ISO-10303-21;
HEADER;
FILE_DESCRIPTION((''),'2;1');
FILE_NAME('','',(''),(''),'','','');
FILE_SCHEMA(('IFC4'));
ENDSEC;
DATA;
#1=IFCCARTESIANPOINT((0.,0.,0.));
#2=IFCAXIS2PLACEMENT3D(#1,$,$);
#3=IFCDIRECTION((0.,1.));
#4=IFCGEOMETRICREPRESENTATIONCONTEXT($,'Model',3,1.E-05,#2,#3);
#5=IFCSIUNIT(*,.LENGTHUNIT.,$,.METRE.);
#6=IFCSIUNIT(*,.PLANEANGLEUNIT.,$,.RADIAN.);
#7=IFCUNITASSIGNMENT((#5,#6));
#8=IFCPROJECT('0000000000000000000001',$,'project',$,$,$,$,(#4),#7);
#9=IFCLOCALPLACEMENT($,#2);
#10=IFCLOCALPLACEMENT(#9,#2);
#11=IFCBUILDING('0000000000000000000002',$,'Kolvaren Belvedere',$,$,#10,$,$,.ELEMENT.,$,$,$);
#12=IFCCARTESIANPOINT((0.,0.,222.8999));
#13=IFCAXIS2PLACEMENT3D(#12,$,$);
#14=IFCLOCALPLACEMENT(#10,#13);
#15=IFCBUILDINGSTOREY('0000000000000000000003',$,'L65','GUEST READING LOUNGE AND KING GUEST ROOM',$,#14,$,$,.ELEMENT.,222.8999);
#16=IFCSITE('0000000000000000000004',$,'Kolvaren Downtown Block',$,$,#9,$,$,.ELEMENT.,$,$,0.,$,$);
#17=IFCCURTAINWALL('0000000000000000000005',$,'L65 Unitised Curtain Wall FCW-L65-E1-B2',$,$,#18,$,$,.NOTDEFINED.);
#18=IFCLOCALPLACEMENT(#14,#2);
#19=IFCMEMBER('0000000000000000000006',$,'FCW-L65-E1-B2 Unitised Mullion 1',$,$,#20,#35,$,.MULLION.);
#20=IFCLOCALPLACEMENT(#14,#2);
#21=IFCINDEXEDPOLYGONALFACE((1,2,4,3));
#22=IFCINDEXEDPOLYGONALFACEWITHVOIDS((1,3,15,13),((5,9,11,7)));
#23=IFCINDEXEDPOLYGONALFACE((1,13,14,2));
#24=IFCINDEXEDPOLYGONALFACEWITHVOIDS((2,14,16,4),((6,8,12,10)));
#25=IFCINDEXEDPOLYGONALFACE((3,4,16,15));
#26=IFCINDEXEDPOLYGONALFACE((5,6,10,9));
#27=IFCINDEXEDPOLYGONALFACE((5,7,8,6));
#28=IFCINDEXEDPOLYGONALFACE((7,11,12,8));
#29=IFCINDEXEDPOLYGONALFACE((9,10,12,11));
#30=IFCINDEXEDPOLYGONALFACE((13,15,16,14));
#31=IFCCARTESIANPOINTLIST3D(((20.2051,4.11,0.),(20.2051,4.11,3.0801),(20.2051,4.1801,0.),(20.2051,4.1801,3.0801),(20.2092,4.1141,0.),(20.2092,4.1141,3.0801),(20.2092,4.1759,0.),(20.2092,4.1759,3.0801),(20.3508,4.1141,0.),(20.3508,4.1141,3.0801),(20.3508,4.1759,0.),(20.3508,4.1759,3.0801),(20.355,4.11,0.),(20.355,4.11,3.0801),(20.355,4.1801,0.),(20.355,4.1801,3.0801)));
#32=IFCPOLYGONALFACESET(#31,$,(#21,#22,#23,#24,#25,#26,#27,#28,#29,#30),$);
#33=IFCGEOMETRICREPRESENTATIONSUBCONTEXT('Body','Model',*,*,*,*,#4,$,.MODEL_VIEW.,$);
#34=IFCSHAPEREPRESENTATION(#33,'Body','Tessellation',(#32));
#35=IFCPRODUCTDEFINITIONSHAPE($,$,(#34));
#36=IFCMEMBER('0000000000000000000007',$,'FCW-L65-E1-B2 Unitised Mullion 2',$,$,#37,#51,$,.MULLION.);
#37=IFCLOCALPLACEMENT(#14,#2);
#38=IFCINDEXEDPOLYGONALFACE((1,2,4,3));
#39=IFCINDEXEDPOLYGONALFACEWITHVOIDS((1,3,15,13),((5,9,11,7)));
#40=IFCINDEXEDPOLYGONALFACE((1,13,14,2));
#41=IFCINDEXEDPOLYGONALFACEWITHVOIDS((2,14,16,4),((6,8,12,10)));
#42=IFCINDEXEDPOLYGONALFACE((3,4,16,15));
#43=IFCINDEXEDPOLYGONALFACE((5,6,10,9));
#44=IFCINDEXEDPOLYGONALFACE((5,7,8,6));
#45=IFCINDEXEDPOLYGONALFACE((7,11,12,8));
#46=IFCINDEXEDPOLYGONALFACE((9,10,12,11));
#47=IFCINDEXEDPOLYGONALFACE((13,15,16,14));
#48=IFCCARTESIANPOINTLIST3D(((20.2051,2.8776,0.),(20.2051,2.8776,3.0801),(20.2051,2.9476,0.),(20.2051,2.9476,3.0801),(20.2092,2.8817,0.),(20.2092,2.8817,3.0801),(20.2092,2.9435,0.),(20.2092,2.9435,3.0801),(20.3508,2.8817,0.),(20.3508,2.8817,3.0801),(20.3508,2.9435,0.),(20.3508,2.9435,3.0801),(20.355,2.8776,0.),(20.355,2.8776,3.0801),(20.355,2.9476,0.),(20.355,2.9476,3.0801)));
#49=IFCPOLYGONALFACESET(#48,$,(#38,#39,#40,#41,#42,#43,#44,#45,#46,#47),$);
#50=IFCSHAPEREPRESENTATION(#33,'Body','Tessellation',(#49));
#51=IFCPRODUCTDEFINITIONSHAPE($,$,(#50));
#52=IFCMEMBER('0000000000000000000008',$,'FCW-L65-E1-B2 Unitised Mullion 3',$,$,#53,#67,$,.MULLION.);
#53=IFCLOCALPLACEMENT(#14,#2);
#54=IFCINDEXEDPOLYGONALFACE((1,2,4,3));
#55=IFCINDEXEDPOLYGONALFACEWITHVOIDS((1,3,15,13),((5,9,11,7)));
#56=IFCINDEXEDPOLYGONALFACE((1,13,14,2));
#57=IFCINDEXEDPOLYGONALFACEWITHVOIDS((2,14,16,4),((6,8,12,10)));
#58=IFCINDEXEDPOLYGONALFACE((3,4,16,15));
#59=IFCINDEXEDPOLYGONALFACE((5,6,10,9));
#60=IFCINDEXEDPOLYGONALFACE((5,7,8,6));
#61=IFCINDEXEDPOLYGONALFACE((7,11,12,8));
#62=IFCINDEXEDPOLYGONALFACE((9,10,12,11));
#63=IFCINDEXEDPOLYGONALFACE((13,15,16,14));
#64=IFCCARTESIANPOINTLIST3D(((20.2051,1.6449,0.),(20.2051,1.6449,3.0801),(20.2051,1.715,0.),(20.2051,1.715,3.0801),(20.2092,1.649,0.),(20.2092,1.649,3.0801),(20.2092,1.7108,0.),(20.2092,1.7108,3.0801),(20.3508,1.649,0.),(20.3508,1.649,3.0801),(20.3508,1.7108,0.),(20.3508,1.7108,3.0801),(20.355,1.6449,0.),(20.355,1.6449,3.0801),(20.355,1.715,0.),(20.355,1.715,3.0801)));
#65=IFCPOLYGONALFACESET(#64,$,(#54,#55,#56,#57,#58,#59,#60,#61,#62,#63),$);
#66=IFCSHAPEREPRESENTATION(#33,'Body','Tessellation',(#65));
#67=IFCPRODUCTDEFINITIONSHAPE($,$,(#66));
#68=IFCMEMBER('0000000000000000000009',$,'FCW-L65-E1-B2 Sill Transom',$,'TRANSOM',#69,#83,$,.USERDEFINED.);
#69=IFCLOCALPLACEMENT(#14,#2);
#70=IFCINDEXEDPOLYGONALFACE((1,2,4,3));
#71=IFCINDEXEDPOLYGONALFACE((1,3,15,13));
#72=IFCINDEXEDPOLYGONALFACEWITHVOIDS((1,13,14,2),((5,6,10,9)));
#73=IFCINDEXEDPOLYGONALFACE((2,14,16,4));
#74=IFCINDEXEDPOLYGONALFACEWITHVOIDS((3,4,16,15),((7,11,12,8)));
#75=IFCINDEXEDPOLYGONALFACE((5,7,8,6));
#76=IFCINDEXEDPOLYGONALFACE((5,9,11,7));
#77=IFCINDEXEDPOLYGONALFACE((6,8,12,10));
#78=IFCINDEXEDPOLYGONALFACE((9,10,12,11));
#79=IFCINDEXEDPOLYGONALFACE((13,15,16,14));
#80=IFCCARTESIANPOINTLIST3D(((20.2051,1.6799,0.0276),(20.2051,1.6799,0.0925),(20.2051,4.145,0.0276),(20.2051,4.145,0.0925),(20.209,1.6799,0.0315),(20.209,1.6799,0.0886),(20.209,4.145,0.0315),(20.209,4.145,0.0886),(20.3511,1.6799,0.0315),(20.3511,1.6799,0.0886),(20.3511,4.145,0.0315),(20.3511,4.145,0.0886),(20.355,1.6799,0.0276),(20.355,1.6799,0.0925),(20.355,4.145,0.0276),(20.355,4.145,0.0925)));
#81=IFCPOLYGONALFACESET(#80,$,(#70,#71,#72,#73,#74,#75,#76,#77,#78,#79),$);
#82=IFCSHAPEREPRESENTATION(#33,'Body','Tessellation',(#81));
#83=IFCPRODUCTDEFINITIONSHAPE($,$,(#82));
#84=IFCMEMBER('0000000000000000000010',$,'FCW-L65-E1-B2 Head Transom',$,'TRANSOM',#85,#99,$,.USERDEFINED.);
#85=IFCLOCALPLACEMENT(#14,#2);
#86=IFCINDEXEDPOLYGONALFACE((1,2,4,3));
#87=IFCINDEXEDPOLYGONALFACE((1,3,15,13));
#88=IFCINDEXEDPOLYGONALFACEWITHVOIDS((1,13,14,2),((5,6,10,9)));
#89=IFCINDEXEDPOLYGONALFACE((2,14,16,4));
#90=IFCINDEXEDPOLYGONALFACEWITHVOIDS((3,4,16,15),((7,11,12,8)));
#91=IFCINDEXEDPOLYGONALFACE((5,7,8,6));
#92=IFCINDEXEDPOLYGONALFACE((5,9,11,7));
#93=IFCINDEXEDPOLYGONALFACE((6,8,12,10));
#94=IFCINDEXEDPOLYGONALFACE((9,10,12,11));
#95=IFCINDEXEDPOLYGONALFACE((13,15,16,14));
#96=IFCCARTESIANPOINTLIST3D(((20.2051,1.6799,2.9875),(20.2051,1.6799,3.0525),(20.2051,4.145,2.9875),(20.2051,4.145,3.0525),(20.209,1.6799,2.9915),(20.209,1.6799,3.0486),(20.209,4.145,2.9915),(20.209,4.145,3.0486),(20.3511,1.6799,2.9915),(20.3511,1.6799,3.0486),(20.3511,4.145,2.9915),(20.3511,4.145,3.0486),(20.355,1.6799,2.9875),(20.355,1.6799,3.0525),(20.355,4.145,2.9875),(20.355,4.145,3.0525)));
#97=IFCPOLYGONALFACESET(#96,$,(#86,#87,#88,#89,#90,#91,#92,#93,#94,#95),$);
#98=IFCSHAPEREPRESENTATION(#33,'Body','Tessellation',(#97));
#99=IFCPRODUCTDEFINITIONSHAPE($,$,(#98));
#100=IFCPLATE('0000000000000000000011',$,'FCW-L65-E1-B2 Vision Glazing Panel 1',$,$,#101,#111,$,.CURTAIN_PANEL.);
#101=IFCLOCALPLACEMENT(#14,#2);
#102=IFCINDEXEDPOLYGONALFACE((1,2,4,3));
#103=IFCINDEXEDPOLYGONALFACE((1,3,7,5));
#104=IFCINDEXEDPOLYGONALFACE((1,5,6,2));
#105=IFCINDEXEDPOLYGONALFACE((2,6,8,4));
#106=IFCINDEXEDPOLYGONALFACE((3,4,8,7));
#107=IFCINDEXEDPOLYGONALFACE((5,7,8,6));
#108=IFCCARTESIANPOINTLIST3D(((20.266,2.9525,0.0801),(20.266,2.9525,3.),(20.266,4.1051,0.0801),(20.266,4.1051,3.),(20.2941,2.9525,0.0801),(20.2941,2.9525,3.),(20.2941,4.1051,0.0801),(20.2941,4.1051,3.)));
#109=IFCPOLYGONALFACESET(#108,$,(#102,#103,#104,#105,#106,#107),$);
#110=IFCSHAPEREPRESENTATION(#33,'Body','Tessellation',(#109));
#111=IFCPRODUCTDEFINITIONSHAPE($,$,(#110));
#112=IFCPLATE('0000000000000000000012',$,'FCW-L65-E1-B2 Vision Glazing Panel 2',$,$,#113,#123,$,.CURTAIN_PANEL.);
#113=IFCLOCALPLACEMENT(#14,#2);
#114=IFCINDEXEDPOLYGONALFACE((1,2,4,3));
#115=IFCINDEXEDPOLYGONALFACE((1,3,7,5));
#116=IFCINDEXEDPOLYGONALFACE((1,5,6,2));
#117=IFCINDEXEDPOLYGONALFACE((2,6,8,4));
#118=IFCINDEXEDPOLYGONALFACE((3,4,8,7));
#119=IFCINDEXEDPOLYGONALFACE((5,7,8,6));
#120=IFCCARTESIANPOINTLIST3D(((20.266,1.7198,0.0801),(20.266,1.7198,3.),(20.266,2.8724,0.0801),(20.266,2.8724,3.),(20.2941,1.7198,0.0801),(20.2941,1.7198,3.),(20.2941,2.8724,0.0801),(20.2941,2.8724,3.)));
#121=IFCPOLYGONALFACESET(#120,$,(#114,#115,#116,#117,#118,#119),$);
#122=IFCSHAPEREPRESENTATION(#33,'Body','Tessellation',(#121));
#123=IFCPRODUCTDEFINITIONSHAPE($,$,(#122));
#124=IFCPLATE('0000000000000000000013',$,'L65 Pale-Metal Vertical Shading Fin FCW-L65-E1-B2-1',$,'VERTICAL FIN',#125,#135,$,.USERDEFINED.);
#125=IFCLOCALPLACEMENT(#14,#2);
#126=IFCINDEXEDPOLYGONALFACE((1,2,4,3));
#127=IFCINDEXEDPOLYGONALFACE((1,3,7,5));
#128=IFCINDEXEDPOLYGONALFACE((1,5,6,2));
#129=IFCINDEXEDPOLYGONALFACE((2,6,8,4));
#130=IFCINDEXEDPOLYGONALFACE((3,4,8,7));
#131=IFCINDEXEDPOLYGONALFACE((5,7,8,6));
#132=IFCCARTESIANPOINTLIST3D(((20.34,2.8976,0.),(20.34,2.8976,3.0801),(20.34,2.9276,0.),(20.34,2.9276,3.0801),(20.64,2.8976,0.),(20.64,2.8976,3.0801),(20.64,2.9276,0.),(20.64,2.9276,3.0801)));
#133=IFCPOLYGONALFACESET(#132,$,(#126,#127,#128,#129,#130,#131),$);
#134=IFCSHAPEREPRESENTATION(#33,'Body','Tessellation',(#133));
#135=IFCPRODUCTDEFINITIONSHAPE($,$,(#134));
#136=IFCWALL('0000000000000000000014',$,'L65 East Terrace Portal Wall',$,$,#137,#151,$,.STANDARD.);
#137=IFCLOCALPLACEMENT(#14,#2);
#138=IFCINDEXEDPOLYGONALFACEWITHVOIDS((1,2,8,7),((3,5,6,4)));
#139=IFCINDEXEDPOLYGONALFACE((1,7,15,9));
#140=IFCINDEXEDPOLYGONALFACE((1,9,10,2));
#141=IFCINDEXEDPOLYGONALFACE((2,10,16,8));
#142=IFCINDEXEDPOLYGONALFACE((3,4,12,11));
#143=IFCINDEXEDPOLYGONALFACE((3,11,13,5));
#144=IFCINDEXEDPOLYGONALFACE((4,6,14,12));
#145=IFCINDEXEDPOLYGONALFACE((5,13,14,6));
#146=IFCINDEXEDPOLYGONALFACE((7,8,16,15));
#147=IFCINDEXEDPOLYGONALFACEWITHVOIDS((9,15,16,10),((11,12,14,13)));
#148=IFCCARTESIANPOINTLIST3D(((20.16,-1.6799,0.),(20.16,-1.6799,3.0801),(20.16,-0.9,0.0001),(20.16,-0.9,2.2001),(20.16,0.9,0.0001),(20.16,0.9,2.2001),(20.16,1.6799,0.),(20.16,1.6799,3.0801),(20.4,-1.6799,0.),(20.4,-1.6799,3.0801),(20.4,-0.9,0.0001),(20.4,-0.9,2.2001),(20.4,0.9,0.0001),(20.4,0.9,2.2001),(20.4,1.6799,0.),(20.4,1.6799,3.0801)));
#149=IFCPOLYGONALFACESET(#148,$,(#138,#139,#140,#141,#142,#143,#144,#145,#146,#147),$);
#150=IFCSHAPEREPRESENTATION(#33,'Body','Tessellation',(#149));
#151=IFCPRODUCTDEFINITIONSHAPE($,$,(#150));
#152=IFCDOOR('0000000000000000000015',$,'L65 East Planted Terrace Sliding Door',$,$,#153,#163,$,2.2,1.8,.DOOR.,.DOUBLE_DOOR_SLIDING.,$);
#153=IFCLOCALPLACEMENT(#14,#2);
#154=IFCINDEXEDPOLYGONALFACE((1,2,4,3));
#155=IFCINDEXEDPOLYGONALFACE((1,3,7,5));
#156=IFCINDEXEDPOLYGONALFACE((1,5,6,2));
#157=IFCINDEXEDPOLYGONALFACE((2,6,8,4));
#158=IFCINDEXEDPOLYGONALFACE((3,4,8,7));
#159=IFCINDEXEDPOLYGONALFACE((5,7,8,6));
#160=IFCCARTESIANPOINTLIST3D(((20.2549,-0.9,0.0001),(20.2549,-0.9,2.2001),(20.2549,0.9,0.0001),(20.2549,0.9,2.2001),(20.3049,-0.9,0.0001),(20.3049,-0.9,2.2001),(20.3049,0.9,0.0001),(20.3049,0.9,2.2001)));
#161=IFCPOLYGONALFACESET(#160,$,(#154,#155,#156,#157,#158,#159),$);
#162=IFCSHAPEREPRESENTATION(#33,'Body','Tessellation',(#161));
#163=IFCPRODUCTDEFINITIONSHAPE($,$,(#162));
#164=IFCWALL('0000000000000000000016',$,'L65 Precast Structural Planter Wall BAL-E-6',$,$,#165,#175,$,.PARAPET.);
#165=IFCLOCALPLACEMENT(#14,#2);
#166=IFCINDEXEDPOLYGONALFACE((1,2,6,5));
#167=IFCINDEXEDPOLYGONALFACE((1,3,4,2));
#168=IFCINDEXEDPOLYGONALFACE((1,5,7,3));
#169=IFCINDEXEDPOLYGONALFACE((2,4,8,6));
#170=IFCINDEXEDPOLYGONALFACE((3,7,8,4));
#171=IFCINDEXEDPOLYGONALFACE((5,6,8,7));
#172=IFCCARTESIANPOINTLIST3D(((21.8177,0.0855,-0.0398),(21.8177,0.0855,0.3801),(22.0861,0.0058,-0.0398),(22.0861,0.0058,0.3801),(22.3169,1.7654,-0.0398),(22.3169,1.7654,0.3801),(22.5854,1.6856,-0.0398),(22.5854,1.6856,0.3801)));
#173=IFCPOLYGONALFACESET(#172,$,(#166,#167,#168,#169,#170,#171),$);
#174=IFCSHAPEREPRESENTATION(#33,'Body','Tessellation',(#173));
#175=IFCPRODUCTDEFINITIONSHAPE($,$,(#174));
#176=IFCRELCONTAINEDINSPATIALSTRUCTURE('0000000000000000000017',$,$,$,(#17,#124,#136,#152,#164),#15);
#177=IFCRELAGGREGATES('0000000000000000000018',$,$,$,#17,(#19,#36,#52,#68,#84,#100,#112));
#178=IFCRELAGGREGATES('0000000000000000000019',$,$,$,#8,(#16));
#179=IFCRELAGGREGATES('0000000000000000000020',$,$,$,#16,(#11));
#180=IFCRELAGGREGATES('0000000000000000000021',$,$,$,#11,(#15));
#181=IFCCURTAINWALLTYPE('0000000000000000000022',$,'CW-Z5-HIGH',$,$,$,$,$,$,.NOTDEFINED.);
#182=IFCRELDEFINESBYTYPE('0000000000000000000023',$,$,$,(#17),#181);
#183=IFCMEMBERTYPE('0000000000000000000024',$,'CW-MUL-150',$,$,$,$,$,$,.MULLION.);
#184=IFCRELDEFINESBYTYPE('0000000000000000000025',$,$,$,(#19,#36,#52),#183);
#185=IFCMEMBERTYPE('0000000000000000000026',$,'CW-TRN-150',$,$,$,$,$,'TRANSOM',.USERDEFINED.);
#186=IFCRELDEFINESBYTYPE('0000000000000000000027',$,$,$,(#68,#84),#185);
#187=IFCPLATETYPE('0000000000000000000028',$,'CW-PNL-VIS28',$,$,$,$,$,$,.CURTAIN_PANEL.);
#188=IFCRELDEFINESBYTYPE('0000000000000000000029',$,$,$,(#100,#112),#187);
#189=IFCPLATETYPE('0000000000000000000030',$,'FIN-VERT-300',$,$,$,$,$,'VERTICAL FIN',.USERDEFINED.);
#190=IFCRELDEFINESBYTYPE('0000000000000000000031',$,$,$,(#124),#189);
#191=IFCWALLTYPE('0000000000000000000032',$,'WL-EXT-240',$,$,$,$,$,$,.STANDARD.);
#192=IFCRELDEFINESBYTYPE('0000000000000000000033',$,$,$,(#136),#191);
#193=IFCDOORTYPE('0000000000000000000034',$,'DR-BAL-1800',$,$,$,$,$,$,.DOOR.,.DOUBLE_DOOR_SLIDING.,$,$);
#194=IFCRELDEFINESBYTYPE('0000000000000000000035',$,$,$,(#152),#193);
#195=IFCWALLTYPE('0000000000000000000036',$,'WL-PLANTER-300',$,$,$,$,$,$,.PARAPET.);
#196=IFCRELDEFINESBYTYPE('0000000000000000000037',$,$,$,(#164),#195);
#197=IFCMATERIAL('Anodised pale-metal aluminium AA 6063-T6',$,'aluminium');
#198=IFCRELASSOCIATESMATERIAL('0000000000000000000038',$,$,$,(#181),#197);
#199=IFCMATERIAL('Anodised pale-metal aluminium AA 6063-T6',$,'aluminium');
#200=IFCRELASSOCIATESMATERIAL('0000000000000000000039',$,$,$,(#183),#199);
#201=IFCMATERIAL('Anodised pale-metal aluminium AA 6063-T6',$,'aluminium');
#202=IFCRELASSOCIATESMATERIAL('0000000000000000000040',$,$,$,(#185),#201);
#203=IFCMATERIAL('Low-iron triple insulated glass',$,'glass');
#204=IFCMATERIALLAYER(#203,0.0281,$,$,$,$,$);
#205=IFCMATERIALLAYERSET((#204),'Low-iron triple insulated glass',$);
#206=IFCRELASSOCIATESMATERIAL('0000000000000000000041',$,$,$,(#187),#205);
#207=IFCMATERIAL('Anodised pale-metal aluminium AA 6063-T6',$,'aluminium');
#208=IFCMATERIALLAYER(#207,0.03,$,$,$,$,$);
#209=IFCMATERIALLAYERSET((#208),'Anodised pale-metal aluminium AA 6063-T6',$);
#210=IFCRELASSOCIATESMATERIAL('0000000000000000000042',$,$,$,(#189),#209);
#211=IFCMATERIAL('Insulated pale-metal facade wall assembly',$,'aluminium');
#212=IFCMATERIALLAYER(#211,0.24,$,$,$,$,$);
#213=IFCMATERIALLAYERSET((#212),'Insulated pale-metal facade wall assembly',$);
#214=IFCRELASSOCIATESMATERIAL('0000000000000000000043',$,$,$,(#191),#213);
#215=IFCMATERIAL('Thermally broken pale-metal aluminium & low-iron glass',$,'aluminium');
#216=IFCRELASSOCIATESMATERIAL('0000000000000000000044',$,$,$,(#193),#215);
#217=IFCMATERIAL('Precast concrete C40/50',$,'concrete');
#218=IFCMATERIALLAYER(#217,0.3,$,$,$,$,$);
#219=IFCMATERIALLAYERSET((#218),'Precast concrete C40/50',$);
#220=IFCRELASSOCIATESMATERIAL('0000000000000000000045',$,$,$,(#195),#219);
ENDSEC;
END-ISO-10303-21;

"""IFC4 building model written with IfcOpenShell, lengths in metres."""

from ifc_helpers import new_model, si_unit, direction, frame, frame_2d, origin, origin_2d, place, context, subcontext, project, spatial, rectangle, hollow_rectangle, extrude, material, layer, layer_set, material_profile, profile_set, type_object, element, fill, aggregate, save


model = new_model("IFC4")

# Units and contexts
model_context = context("Model", 3, precision=1e-05, world=origin(), true_north=direction((0.0, 1.0)))
body_context = subcontext(model_context, "Body", "Model", "MODEL_VIEW")
ifc_project = project(units=[si_unit("LENGTHUNIT", "METRE"), si_unit("PLANEANGLEUNIT", "RADIAN")], contexts=[model_context])

# Site, building, storey
site_placement = place(None, origin())
site = spatial("IfcSite", under=ifc_project, at=site_placement, Name="Kolvaren Downtown Block", CompositionType="ELEMENT", RefElevation=0.0)
building_placement = place(site_placement, origin())
building = spatial("IfcBuilding", under=site, at=building_placement, Name="Kolvaren Belvedere", CompositionType="ELEMENT")
storey_placement = place(building_placement, frame((0.0, 0.0, 222.8999)))
storey = spatial("IfcBuildingStorey", under=building, at=storey_placement, Name="L65", Description="GUEST READING LOUNGE AND KING GUEST ROOM", CompositionType="ELEMENT", Elevation=222.8999)

# Shared definitions
ifc_material_1 = material(Name="Anodised pale-metal aluminium AA 6063-T6", Category="aluminium")
curtain_wall_type = type_object("IfcCurtainWallType", Name="CW-Z5-HIGH", PredefinedType="NOTDEFINED", material=ifc_material_1)
ifc_material_2 = material(Name="Anodised pale-metal aluminium AA 6063-T6", Category="aluminium")
ifc_material_profile_1 = material_profile(ifc_material_2, hollow_rectangle(XDim=0.0701, YDim=0.1499, WallThickness=0.0042, at=origin_2d()), Name="ALU-MUL-150X70")
ifc_profile_set_1 = profile_set([ifc_material_profile_1], Name="Anodised pale-metal aluminium AA 6063-T6")
member_type_1 = type_object("IfcMemberType", Name="CW-MUL-150", PredefinedType="MULLION", material=ifc_profile_set_1)

# Curtain wall, members, plates
curtain_wall_1_placement = place(storey_placement, origin())
curtain_wall_1 = element("IfcCurtainWall", 1, at=curtain_wall_1_placement, inside=storey, type_object=curtain_wall_type, Name="L65 Unitised Curtain Wall FCW-L65-E1-B2", PredefinedType="NOTDEFINED")
member_1_placement = place(storey_placement, frame((20.28, 4.145, 0.0), z_axis=(0.0, 0.0, 1.0), x_axis=(0.0, 1.0, 0.0)))
member_1 = element("IfcMember", 2, at=member_1_placement, type_object=member_type_1, Name="FCW-L65-E1-B2 Unitised Mullion 1", PredefinedType="MULLION", context=body_context, shape_type="SweptSolid", body=[
    extrude(hollow_rectangle(XDim=0.0701, YDim=0.1499, WallThickness=0.0042, at=origin_2d()), origin(), (0.0, 0.0, 1.0), 3.0801),
])
member_2_placement = place(storey_placement, frame((20.28, 2.9126, 0.0), z_axis=(0.0, 0.0, 1.0), x_axis=(0.0, 1.0, 0.0)))
member_2 = element("IfcMember", 3, at=member_2_placement, type_object=member_type_1, Name="FCW-L65-E1-B2 Unitised Mullion 2", PredefinedType="MULLION", context=body_context, shape_type="SweptSolid", body=[
    extrude(hollow_rectangle(XDim=0.0701, YDim=0.1499, WallThickness=0.0042, at=origin_2d()), origin(), (0.0, 0.0, 1.0), 3.0801),
])
member_3_placement = place(storey_placement, frame((20.28, 1.6799, 0.0), z_axis=(0.0, 0.0, 1.0), x_axis=(0.0, 1.0, 0.0)))
member_3 = element("IfcMember", 4, at=member_3_placement, type_object=member_type_1, Name="FCW-L65-E1-B2 Unitised Mullion 3", PredefinedType="MULLION", context=body_context, shape_type="SweptSolid", body=[
    extrude(hollow_rectangle(XDim=0.0701, YDim=0.1499, WallThickness=0.0042, at=origin_2d()), origin(), (0.0, 0.0, 1.0), 3.0801),
])
ifc_material_3 = material(Name="Anodised pale-metal aluminium AA 6063-T6", Category="aluminium")
ifc_material_profile_2 = material_profile(ifc_material_3, hollow_rectangle(XDim=0.0649, YDim=0.1499, WallThickness=0.0039, at=origin_2d()), Name="ALU-TRN-150X65")
ifc_profile_set_2 = profile_set([ifc_material_profile_2], Name="Anodised pale-metal aluminium AA 6063-T6")
member_type_2 = type_object("IfcMemberType", Name="CW-TRN-150", ElementType="TRANSOM", PredefinedType="USERDEFINED", material=ifc_profile_set_2)
member_4_placement = place(storey_placement, frame((20.28, 4.145, 0.0601), z_axis=(0.0, -1.0, 0.0), x_axis=(0.0, 0.0, 1.0)))
member_4 = element("IfcMember", 5, at=member_4_placement, type_object=member_type_2, Name="FCW-L65-E1-B2 Sill Transom", ObjectType="TRANSOM", PredefinedType="USERDEFINED", context=body_context, shape_type="SweptSolid", body=[
    extrude(hollow_rectangle(XDim=0.0649, YDim=0.1499, WallThickness=0.0039, at=origin_2d()), origin(), (0.0, 0.0, 1.0), 2.4651),
])
member_5_placement = place(storey_placement, frame((20.28, 4.145, 3.02), z_axis=(0.0, -1.0, 0.0), x_axis=(0.0, 0.0, 1.0)))
member_5 = element("IfcMember", 6, at=member_5_placement, type_object=member_type_2, Name="FCW-L65-E1-B2 Head Transom", ObjectType="TRANSOM", PredefinedType="USERDEFINED", context=body_context, shape_type="SweptSolid", body=[
    extrude(hollow_rectangle(XDim=0.0649, YDim=0.1499, WallThickness=0.0039, at=origin_2d()), origin(), (0.0, 0.0, 1.0), 2.4651),
])
ifc_material_4 = material(Name="Low-iron triple insulated glass", Category="glass")
ifc_layer_1 = layer(ifc_material_4, 0.0281)
ifc_layer_set_1 = layer_set([ifc_layer_1], Name="Low-iron triple insulated glass")
plate_type_1 = type_object("IfcPlateType", Name="CW-PNL-VIS28", PredefinedType="CURTAIN_PANEL", material=ifc_layer_set_1)
plate_1_placement = place(storey_placement, frame((20.28, 3.5288, 0.0801), z_axis=(0.0, 0.0, 1.0), x_axis=(0.0, -1.0, 0.0)))
plate_1 = element("IfcPlate", 7, at=plate_1_placement, type_object=plate_type_1, Name="FCW-L65-E1-B2 Vision Glazing Panel 1", PredefinedType="CURTAIN_PANEL", context=body_context, shape_type="SweptSolid", body=[
    extrude(rectangle(XDim=1.1526, YDim=0.0281, at=origin_2d()), origin(), (0.0, 0.0, 1.0), 2.9199),
])
plate_2_placement = place(storey_placement, frame((20.28, 2.2961, 0.0801), z_axis=(0.0, 0.0, 1.0), x_axis=(0.0, -1.0, 0.0)))
plate_2 = element("IfcPlate", 8, at=plate_2_placement, type_object=plate_type_1, Name="FCW-L65-E1-B2 Vision Glazing Panel 2", PredefinedType="CURTAIN_PANEL", context=body_context, shape_type="SweptSolid", body=[
    extrude(rectangle(XDim=1.1526, YDim=0.0281, at=origin_2d()), origin(), (0.0, 0.0, 1.0), 2.9199),
])
aggregate(curtain_wall_1, [member_1, member_2, member_3, member_4, member_5, plate_1, plate_2])

# Plate
ifc_material_5 = material(Name="Anodised pale-metal aluminium AA 6063-T6", Category="aluminium")
ifc_layer_2 = layer(ifc_material_5, 0.03)
ifc_layer_set_2 = layer_set([ifc_layer_2], Name="Anodised pale-metal aluminium AA 6063-T6")
plate_type_2 = type_object("IfcPlateType", Name="FIN-VERT-300", ElementType="VERTICAL FIN", PredefinedType="USERDEFINED", material=ifc_layer_set_2)
plate_3_placement = place(storey_placement, frame((20.49, 2.9126, 0.0), z_axis=(0.0, 0.0, 1.0), x_axis=(1.0, 0.0, 0.0)))
element("IfcPlate", 9, at=plate_3_placement, inside=storey, type_object=plate_type_2, Name="L65 Pale-Metal Vertical Shading Fin FCW-L65-E1-B2-1", ObjectType="VERTICAL FIN", PredefinedType="USERDEFINED", context=body_context, shape_type="SweptSolid", body=[
    extrude(rectangle(XDim=0.3, YDim=0.03, at=origin_2d()), origin(), (0.0, 0.0, 1.0), 3.0801),
])

# Wall, opening, door
ifc_material_6 = material(Name="Insulated pale-metal facade wall assembly", Category="aluminium")
ifc_layer_3 = layer(ifc_material_6, 0.24)
ifc_layer_set_3 = layer_set([ifc_layer_3], Name="Insulated pale-metal facade wall assembly")
wall_type_1 = type_object("IfcWallType", Name="WL-EXT-240", PredefinedType="STANDARD", material=ifc_layer_set_3)
wall_1_placement = place(storey_placement, frame((20.28, 1.6799, 0.0), z_axis=(0.0, 0.0, 1.0), x_axis=(0.0, -1.0, 0.0)))
wall_1 = element("IfcWall", 10, at=wall_1_placement, inside=storey, type_object=wall_type_1, Name="L65 East Terrace Portal Wall", PredefinedType="STANDARD", context=body_context, shape_type="SweptSolid", body=[
    extrude(rectangle(XDim=3.3599, YDim=0.24, at=frame_2d((1.6799, 0.0))), origin(), (0.0, 0.0, 1.0), 3.0801),
])
opening_placement = place(wall_1_placement, frame((0.78, 0.0, 0.0)))
opening = element("IfcOpeningElement", 11, at=opening_placement, cuts=wall_1, PredefinedType="OPENING", context=body_context, shape_type="SweptSolid", body=[
    extrude(rectangle(XDim=1.8, YDim=2.2, at=frame_2d((0.8999, 1.1001))), frame((0.0, 0.1299, 0.0), z_axis=(0.0, -1.0, 0.0), x_axis=(1.0, 0.0, 0.0)), (0.0, 0.0, 1.0), 0.26),
])
ifc_material_7 = material(Name="Thermally broken pale-metal aluminium & low-iron glass", Category="aluminium")
door_type = type_object("IfcDoorType", Name="DR-BAL-1800", OperationType="DOUBLE_DOOR_SLIDING", PredefinedType="DOOR", material=ifc_material_7)
door_placement = place(opening_placement, origin())
door = element("IfcDoor", 12, at=door_placement, inside=storey, type_object=door_type, Name="L65 East Planted Terrace Sliding Door", OperationType="DOUBLE_DOOR_SLIDING", OverallHeight=2.2, OverallWidth=1.8, PredefinedType="DOOR", context=body_context, shape_type="SweptSolid", body=[
    extrude(rectangle(XDim=1.8, YDim=2.2, at=frame_2d((0.8999, 1.1001))), frame((0.0, 0.0249, 0.0), z_axis=(0.0, -1.0, 0.0), x_axis=(1.0, 0.0, 0.0)), (0.0, 0.0, 1.0), 0.05),
])
fill(opening, door)

# Wall
ifc_material_8 = material(Name="Precast concrete C40/50", Category="concrete")
ifc_layer_4 = layer(ifc_material_8, 0.3)
ifc_layer_set_4 = layer_set([ifc_layer_4], Name="Precast concrete C40/50")
wall_type_2 = type_object("IfcWallType", Name="WL-PLANTER-300", PredefinedType="PARAPET", material=ifc_layer_set_4)
wall_2_placement = place(storey_placement, frame((21.9519, 0.0457, -0.0398), z_axis=(0.0, 0.0, 1.0), x_axis=(0.28488, 0.958563, 0.0)))
element("IfcWall", 13, at=wall_2_placement, inside=storey, type_object=wall_type_2, Name="L65 Precast Structural Planter Wall BAL-E-6", PredefinedType="PARAPET", context=body_context, shape_type="SweptSolid", body=[
    extrude(rectangle(XDim=1.7524, YDim=0.28, at=frame_2d((0.8762, 0.0))), origin(), (0.0, 0.0, 1.0), 0.4199),
])

save(model, "model.ifc")
